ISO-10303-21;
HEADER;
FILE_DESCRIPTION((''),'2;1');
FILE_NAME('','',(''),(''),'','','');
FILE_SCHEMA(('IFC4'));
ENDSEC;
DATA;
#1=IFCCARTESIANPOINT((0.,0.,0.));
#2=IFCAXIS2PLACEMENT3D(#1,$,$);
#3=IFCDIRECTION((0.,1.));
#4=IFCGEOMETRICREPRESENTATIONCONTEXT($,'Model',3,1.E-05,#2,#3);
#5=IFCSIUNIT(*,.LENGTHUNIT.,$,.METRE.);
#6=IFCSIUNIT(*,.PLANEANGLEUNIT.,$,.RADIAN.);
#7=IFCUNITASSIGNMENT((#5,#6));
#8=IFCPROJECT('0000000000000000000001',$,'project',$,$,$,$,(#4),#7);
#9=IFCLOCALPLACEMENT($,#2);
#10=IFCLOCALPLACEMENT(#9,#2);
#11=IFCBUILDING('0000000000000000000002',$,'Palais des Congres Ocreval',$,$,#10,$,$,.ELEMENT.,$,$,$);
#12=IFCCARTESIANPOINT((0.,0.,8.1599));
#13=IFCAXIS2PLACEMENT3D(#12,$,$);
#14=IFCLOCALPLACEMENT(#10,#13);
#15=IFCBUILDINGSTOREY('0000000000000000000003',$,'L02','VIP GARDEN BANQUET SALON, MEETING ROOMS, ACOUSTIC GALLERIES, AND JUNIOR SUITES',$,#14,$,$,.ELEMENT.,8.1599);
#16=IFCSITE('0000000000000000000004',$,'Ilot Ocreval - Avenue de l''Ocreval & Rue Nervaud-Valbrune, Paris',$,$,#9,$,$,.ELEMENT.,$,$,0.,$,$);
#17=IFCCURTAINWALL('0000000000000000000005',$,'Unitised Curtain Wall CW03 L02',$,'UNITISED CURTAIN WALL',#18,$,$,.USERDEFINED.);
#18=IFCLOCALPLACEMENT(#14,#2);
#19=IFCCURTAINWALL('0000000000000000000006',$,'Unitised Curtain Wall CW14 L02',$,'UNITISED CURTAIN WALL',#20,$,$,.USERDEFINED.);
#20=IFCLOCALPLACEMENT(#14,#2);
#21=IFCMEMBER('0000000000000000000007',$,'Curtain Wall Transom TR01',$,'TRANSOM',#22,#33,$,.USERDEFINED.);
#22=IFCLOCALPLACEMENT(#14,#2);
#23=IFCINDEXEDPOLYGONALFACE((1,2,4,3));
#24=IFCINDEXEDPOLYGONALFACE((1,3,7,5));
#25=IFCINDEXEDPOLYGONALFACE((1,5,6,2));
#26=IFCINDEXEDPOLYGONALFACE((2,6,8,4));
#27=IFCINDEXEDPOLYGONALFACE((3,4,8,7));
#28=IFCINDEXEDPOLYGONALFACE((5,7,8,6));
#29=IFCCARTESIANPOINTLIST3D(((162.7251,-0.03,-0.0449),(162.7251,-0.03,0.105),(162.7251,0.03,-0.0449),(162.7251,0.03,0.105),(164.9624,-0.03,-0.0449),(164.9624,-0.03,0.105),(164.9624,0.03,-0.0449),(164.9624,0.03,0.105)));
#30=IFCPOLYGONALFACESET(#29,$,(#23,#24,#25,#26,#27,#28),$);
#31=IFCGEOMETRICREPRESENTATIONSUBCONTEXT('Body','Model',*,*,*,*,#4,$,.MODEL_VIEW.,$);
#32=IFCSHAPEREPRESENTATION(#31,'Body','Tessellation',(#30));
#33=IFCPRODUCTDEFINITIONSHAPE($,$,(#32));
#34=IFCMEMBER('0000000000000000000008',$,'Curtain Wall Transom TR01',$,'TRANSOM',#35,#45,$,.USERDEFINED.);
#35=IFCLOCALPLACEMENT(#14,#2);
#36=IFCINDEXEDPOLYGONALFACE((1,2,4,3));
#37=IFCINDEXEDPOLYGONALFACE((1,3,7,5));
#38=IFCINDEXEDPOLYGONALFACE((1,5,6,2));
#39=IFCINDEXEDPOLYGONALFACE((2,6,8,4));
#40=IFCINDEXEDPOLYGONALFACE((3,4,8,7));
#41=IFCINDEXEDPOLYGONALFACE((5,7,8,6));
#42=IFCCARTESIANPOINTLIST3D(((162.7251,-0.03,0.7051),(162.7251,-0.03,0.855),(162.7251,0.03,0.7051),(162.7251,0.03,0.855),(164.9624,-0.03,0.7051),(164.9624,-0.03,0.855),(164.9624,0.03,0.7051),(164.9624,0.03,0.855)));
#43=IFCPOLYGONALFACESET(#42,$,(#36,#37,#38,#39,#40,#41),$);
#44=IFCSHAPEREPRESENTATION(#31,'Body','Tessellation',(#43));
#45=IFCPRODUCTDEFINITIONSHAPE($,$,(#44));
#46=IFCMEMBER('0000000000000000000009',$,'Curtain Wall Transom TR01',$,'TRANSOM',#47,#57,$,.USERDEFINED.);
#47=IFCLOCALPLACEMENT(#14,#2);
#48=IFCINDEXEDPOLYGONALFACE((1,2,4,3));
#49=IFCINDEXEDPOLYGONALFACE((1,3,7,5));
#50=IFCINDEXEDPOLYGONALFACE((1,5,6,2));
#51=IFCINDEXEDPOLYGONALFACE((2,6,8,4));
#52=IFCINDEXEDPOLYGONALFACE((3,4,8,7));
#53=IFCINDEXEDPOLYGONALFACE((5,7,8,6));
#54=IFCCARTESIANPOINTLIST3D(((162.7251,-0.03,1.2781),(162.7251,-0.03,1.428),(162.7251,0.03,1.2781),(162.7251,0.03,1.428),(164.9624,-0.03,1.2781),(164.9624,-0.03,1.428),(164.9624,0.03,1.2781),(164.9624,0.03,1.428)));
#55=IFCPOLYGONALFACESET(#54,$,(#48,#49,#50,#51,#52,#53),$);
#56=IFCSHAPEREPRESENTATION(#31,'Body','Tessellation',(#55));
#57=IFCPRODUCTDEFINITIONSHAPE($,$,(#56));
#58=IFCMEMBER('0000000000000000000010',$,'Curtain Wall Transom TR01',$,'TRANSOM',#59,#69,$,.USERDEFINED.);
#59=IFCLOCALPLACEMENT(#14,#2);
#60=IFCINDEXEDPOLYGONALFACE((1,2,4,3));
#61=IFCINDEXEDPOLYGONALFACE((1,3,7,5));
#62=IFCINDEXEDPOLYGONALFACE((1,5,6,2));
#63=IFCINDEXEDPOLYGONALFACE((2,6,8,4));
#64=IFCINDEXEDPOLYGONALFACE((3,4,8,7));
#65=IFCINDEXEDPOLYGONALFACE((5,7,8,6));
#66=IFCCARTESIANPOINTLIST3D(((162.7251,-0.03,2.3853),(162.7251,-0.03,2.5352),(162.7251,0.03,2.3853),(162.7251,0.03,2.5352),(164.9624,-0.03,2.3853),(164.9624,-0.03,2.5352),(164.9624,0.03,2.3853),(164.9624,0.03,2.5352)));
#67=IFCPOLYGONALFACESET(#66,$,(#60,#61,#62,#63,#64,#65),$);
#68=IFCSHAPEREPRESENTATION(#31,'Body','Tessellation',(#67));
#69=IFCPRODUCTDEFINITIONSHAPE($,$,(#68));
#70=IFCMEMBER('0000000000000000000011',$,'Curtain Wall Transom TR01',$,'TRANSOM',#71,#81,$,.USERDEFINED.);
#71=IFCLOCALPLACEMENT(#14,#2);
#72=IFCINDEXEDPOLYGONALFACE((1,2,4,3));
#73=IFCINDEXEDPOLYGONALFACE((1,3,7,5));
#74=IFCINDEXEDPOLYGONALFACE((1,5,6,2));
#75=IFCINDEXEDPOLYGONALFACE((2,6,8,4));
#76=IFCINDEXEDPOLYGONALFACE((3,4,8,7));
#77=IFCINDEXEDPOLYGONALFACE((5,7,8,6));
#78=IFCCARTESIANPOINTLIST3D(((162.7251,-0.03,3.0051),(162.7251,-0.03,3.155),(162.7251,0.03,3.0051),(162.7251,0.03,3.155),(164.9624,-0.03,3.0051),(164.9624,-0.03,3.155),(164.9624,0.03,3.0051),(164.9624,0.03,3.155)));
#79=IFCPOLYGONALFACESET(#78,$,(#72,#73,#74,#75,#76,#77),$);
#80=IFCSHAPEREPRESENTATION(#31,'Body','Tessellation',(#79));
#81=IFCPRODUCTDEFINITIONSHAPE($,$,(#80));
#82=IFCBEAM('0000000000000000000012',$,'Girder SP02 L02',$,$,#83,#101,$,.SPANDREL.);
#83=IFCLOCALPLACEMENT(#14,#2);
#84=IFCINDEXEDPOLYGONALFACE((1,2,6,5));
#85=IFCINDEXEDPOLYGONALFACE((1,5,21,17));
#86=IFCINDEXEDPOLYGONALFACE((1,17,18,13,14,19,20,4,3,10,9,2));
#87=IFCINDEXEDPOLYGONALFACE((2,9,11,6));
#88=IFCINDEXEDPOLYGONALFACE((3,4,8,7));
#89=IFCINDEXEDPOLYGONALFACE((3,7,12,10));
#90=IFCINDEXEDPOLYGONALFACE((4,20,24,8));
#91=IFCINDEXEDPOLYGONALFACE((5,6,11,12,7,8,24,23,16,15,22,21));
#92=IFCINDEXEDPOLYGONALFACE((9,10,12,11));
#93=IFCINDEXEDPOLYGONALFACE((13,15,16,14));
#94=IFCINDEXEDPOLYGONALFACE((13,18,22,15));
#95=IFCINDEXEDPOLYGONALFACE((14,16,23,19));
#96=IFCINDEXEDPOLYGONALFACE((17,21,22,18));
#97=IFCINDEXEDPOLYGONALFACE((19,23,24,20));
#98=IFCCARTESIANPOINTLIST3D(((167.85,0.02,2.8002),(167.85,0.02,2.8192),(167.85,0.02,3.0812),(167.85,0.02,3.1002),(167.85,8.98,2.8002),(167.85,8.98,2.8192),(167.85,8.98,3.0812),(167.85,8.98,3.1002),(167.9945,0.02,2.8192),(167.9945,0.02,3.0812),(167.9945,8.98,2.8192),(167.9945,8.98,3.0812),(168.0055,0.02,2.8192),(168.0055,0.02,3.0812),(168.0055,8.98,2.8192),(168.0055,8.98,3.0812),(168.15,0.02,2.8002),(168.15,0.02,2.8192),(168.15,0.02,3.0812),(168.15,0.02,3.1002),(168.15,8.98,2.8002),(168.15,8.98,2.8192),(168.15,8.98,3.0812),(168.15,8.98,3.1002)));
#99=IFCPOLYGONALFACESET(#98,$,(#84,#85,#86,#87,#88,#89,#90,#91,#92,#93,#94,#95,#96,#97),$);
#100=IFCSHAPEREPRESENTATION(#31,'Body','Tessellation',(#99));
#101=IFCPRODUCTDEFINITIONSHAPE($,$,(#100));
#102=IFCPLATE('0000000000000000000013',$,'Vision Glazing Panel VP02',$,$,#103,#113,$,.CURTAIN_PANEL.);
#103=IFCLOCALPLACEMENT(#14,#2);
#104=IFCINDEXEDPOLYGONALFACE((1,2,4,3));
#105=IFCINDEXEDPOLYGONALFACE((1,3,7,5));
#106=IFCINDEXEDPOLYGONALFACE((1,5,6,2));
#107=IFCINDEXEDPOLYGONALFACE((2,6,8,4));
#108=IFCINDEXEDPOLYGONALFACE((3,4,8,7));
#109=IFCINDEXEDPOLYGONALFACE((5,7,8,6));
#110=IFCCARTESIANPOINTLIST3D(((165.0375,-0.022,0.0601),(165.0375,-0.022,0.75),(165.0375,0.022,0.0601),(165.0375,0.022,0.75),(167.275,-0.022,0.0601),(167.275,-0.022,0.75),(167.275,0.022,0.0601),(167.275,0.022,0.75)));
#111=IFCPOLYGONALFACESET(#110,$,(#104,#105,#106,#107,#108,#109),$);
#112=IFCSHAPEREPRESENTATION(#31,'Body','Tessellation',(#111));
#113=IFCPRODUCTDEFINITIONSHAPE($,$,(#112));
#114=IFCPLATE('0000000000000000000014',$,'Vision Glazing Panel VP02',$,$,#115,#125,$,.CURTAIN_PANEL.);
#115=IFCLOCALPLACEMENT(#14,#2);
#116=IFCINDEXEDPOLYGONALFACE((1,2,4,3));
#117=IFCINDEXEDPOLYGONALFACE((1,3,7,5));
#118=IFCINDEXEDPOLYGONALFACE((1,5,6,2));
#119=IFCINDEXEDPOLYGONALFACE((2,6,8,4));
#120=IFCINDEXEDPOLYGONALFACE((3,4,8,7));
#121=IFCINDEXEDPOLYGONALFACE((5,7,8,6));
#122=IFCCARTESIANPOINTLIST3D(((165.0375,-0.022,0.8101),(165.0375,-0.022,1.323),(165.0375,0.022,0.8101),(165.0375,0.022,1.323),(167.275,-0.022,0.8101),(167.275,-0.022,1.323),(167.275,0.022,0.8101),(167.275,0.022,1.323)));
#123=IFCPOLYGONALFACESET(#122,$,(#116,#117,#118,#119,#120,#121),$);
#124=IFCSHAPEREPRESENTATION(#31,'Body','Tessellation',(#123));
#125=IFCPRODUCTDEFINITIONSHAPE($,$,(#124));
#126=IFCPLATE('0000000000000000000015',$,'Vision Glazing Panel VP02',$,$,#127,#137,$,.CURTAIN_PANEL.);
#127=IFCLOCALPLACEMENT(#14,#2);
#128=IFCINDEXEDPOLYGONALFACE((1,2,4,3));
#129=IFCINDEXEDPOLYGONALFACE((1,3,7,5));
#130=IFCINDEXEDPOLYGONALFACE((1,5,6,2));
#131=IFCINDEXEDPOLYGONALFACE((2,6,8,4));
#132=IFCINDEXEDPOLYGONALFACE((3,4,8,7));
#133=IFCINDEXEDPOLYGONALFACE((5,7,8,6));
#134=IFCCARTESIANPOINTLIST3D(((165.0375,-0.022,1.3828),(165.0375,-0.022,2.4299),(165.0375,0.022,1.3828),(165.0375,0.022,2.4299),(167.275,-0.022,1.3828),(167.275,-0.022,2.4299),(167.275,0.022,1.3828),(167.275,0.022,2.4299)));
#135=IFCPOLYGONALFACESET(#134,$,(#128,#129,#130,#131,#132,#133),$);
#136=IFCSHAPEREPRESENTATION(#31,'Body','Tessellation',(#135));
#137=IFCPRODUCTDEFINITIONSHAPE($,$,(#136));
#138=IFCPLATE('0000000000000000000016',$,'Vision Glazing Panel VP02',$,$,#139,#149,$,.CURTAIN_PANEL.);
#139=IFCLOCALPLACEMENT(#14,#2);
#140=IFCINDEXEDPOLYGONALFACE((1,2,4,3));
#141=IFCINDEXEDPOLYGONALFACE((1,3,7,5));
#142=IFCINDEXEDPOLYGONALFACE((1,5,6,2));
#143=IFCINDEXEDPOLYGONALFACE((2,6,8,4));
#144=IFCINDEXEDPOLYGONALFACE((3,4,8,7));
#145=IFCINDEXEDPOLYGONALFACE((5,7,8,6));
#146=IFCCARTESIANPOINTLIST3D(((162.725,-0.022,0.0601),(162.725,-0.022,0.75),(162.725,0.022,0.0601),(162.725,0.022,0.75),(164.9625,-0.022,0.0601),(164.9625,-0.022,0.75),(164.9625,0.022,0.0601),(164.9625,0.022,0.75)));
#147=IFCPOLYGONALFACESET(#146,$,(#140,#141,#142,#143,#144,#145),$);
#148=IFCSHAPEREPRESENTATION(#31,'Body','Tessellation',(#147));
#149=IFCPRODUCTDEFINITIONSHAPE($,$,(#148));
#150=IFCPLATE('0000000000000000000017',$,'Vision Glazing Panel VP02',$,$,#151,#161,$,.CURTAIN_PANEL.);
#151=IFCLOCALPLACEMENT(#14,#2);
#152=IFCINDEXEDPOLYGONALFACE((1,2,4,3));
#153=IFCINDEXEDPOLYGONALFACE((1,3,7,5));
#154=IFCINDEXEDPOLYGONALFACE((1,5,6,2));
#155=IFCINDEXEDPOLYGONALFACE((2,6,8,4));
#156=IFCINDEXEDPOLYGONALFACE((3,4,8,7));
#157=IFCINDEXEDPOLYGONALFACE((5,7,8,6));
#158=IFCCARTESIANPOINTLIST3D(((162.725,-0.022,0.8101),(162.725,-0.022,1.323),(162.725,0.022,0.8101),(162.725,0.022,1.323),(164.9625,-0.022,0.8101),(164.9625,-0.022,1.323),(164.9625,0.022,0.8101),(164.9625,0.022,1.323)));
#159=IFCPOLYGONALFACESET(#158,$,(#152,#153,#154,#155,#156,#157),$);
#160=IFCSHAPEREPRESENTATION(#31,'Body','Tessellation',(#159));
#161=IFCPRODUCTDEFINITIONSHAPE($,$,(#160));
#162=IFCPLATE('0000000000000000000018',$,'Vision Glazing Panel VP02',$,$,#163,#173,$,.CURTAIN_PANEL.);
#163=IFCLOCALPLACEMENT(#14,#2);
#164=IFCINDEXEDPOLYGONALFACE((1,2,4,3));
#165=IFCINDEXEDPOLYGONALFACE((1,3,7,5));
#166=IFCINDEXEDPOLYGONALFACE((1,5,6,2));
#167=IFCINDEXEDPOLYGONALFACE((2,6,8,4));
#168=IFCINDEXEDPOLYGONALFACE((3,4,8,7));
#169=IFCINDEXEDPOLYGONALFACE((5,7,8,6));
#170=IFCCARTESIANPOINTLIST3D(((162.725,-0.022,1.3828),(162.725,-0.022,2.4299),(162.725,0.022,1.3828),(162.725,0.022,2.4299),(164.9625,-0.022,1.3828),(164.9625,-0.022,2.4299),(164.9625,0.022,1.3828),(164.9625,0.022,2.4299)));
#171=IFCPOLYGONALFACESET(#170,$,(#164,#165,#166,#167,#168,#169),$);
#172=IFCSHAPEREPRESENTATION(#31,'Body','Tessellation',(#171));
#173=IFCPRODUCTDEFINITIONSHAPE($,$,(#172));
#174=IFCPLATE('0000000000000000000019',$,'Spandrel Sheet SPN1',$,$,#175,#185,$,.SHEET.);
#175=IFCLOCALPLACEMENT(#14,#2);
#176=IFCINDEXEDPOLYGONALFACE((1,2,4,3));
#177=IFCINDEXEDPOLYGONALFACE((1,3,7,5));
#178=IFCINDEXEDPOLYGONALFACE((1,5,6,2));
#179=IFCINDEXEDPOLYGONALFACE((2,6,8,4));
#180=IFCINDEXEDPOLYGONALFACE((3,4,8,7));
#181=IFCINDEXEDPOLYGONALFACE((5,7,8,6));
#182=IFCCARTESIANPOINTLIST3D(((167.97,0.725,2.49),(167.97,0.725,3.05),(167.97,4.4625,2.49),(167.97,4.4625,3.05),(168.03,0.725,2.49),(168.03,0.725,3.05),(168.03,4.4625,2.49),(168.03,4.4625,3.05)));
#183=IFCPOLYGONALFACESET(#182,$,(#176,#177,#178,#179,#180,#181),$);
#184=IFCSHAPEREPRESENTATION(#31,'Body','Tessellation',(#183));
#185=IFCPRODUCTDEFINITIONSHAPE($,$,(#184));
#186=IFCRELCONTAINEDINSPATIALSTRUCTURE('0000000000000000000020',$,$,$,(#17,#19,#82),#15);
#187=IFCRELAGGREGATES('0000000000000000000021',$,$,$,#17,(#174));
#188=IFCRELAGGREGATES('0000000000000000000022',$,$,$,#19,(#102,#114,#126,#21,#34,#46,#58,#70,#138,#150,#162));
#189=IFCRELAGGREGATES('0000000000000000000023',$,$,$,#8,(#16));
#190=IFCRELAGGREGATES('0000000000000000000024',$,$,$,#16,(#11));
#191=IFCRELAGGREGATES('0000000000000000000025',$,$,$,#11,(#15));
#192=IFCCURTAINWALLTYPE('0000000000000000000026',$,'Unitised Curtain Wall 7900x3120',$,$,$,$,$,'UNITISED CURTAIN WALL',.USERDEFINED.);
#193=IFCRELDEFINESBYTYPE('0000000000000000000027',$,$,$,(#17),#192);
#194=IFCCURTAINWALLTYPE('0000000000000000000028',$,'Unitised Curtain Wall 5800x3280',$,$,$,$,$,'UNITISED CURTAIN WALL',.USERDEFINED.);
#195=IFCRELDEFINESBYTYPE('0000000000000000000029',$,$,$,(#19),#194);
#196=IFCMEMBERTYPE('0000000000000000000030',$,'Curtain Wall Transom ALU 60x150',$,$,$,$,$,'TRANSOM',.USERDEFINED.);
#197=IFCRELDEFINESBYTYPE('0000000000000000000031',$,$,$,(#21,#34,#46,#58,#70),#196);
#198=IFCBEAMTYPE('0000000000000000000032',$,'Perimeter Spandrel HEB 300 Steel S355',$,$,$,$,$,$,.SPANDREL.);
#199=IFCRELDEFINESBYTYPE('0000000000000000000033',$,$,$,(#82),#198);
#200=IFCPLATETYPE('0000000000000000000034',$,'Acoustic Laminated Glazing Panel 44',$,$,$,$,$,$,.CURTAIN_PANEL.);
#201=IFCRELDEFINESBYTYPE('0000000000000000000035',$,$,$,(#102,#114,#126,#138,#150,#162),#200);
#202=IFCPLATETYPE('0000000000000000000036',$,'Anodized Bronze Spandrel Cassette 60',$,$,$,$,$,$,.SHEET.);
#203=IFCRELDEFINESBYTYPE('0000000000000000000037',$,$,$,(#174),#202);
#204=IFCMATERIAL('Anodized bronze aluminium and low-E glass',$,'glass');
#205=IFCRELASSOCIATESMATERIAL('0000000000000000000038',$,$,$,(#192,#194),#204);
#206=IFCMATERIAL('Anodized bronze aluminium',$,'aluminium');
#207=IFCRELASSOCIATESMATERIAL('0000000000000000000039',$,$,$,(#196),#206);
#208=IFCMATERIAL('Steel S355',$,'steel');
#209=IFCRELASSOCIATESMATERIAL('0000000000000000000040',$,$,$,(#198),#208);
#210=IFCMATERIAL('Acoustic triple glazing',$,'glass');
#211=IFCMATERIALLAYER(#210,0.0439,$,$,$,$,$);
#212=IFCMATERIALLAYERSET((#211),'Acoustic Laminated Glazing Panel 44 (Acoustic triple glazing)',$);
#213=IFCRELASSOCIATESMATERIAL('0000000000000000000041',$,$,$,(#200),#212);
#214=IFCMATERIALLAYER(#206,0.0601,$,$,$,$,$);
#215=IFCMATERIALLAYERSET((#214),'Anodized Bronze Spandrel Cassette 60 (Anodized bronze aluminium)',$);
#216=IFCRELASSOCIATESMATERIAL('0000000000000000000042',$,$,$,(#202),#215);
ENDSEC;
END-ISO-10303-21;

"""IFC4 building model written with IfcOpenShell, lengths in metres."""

from ifc_helpers import new_model, si_unit, direction, frame, origin, origin_2d, place, context, subcontext, project, spatial, rectangle, i_section, extrude, material, layer, layer_set, material_profile, profile_set, type_object, element, aggregate, save


model = new_model("IFC4")

# Units and contexts
model_context = context("Model", 3, precision=1e-05, world=origin(), true_north=direction((0.0, 1.0)))
body_context = subcontext(model_context, "Body", "Model", "MODEL_VIEW")
ifc_project = project(units=[si_unit("LENGTHUNIT", "METRE"), si_unit("PLANEANGLEUNIT", "RADIAN")], contexts=[model_context])

# Site, building, storey
site_placement = place(None, origin())
site = spatial("IfcSite", under=ifc_project, at=site_placement, Name="Ilot Ocreval - Avenue de l'Ocreval & Rue Nervaud-Valbrune, Paris", CompositionType="ELEMENT", RefElevation=0.0)
building_placement = place(site_placement, origin())
building = spatial("IfcBuilding", under=site, at=building_placement, Name="Palais des Congres Ocreval", CompositionType="ELEMENT")
storey_placement = place(building_placement, frame((0.0, 0.0, 8.1599)))
storey = spatial("IfcBuildingStorey", under=building, at=storey_placement, Name="L02", Description="VIP GARDEN BANQUET SALON, MEETING ROOMS, ACOUSTIC GALLERIES, AND JUNIOR SUITES", CompositionType="ELEMENT", Elevation=8.1599)

# Shared definitions
ifc_material_1 = material(Name="Steel S355", Category="steel")

# Curtain wall
ifc_material_2 = material(Name="Anodized bronze aluminium and low-E glass", Category="glass")
curtain_wall_type_1 = type_object("IfcCurtainWallType", Name="Unitised Curtain Wall 7900x3120", ElementType="UNITISED CURTAIN WALL", PredefinedType="USERDEFINED", material=ifc_material_2)
curtain_wall_1_placement = place(storey_placement, origin())
curtain_wall_1 = element("IfcCurtainWall", 1, at=curtain_wall_1_placement, inside=storey, type_object=curtain_wall_type_1, Name="Unitised Curtain Wall CW03 L02", ObjectType="UNITISED CURTAIN WALL", PredefinedType="USERDEFINED")
ifc_material_3 = material(Name="Anodized bronze aluminium", Category="aluminium")

# Curtain wall
curtain_wall_type_2 = type_object("IfcCurtainWallType", Name="Unitised Curtain Wall 5800x3280", ElementType="UNITISED CURTAIN WALL", PredefinedType="USERDEFINED", material=ifc_material_2)
curtain_wall_2_placement = place(storey_placement, origin())
curtain_wall_2 = element("IfcCurtainWall", 2, at=curtain_wall_2_placement, inside=storey, type_object=curtain_wall_type_2, Name="Unitised Curtain Wall CW14 L02", ObjectType="UNITISED CURTAIN WALL", PredefinedType="USERDEFINED")

# Members
ifc_material_profile_1 = material_profile(ifc_material_3, rectangle(XDim=0.0601, YDim=0.1499, at=origin_2d()), Name="ALU 60x150")
ifc_profile_set_1 = profile_set([ifc_material_profile_1], Name="Anodized bronze aluminium")
member_type_1 = type_object("IfcMemberType", Name="Curtain Wall Transom ALU 60x150", ElementType="TRANSOM", PredefinedType="USERDEFINED", material=ifc_profile_set_1)
member_1_placement = place(storey_placement, frame((164.9624, 0.0, 0.03), z_axis=(-1.0, 0.0, 0.0), x_axis=(0.0, -1.0, 0.0)))
member_1 = element("IfcMember", 3, at=member_1_placement, type_object=member_type_1, Name="Curtain Wall Transom TR01", ObjectType="TRANSOM", PredefinedType="USERDEFINED", context=body_context, shape_type="SweptSolid", body=[
    extrude(rectangle(XDim=0.0601, YDim=0.1499, at=origin_2d()), origin(), (0.0, 0.0, 1.0), 2.2373),
])
member_2_placement = place(storey_placement, frame((164.9624, 0.0, 0.78), z_axis=(-1.0, 0.0, 0.0), x_axis=(0.0, -1.0, 0.0)))
member_2 = element("IfcMember", 4, at=member_2_placement, type_object=member_type_1, Name="Curtain Wall Transom TR01", ObjectType="TRANSOM", PredefinedType="USERDEFINED", context=body_context, shape_type="SweptSolid", body=[
    extrude(rectangle(XDim=0.0601, YDim=0.1499, at=origin_2d()), origin(), (0.0, 0.0, 1.0), 2.2373),
])
member_3_placement = place(storey_placement, frame((164.9624, 0.0, 1.353), z_axis=(-1.0, 0.0, 0.0), x_axis=(0.0, -1.0, 0.0)))
member_3 = element("IfcMember", 5, at=member_3_placement, type_object=member_type_1, Name="Curtain Wall Transom TR01", ObjectType="TRANSOM", PredefinedType="USERDEFINED", context=body_context, shape_type="SweptSolid", body=[
    extrude(rectangle(XDim=0.0601, YDim=0.1499, at=origin_2d()), origin(), (0.0, 0.0, 1.0), 2.2373),
])
member_4_placement = place(storey_placement, frame((164.9624, 0.0, 2.4602), z_axis=(-1.0, 0.0, 0.0), x_axis=(0.0, -1.0, 0.0)))
member_4 = element("IfcMember", 6, at=member_4_placement, type_object=member_type_1, Name="Curtain Wall Transom TR01", ObjectType="TRANSOM", PredefinedType="USERDEFINED", context=body_context, shape_type="SweptSolid", body=[
    extrude(rectangle(XDim=0.0601, YDim=0.1499, at=origin_2d()), origin(), (0.0, 0.0, 1.0), 2.2373),
])
member_5_placement = place(storey_placement, frame((164.9624, 0.0, 3.0801), z_axis=(-1.0, 0.0, 0.0), x_axis=(0.0, -1.0, 0.0)))
member_5 = element("IfcMember", 7, at=member_5_placement, type_object=member_type_1, Name="Curtain Wall Transom TR01", ObjectType="TRANSOM", PredefinedType="USERDEFINED", context=body_context, shape_type="SweptSolid", body=[
    extrude(rectangle(XDim=0.0601, YDim=0.1499, at=origin_2d()), origin(), (0.0, 0.0, 1.0), 2.2373),
])

# Beam
ifc_material_profile_2 = material_profile(ifc_material_1, i_section(OverallWidth=0.3, OverallDepth=0.3, WebThickness=0.011, FlangeThickness=0.019, at=origin_2d()), Name="HEB 300")
ifc_profile_set_2 = profile_set([ifc_material_profile_2], Name="Steel S355")
beam_type = type_object("IfcBeamType", Name="Perimeter Spandrel HEB 300 Steel S355", PredefinedType="SPANDREL", material=ifc_profile_set_2)
beam_placement = place(storey_placement, frame((168.0, 0.02, 2.9502), z_axis=(0.0, 1.0, 0.0), x_axis=(-1.0, 0.0, 0.0)))
element("IfcBeam", 8, at=beam_placement, inside=storey, type_object=beam_type, Name="Girder SP02 L02", PredefinedType="SPANDREL", context=body_context, shape_type="SweptSolid", body=[
    extrude(i_section(OverallWidth=0.3, OverallDepth=0.3, WebThickness=0.011, FlangeThickness=0.019, at=origin_2d()), origin(), (0.0, 0.0, 1.0), 8.96),
])

# Plates
ifc_material_4 = material(Name="Acoustic triple glazing", Category="glass")
ifc_layer_1 = layer(ifc_material_4, 0.0439)
ifc_layer_set_1 = layer_set([ifc_layer_1], Name="Acoustic Laminated Glazing Panel 44 (Acoustic triple glazing)")
plate_type_1 = type_object("IfcPlateType", Name="Acoustic Laminated Glazing Panel 44", PredefinedType="CURTAIN_PANEL", material=ifc_layer_set_1)
plate_1_placement = place(storey_placement, frame((166.1562, 0.0, 0.0601), z_axis=(0.0, 0.0, 1.0), x_axis=(-1.0, 0.0, 0.0)))
plate_1 = element("IfcPlate", 9, at=plate_1_placement, type_object=plate_type_1, Name="Vision Glazing Panel VP02", PredefinedType="CURTAIN_PANEL", context=body_context, shape_type="SweptSolid", body=[
    extrude(rectangle(XDim=2.2375, YDim=0.0439, at=origin_2d()), origin(), (0.0, 0.0, 1.0), 0.6899),
])
plate_2_placement = place(storey_placement, frame((166.1562, 0.0, 0.8101), z_axis=(0.0, 0.0, 1.0), x_axis=(-1.0, 0.0, 0.0)))
plate_2 = element("IfcPlate", 10, at=plate_2_placement, type_object=plate_type_1, Name="Vision Glazing Panel VP02", PredefinedType="CURTAIN_PANEL", context=body_context, shape_type="SweptSolid", body=[
    extrude(rectangle(XDim=2.2375, YDim=0.0439, at=origin_2d()), origin(), (0.0, 0.0, 1.0), 0.5129),
])
plate_3_placement = place(storey_placement, frame((166.1562, 0.0, 1.3828), z_axis=(0.0, 0.0, 1.0), x_axis=(-1.0, 0.0, 0.0)))
plate_3 = element("IfcPlate", 11, at=plate_3_placement, type_object=plate_type_1, Name="Vision Glazing Panel VP02", PredefinedType="CURTAIN_PANEL", context=body_context, shape_type="SweptSolid", body=[
    extrude(rectangle(XDim=2.2375, YDim=0.0439, at=origin_2d()), origin(), (0.0, 0.0, 1.0), 1.0471),
])
plate_4_placement = place(storey_placement, frame((163.8438, 0.0, 0.0601), z_axis=(0.0, 0.0, 1.0), x_axis=(-1.0, 0.0, 0.0)))
plate_4 = element("IfcPlate", 12, at=plate_4_placement, type_object=plate_type_1, Name="Vision Glazing Panel VP02", PredefinedType="CURTAIN_PANEL", context=body_context, shape_type="SweptSolid", body=[
    extrude(rectangle(XDim=2.2375, YDim=0.0439, at=origin_2d()), origin(), (0.0, 0.0, 1.0), 0.6899),
])
plate_5_placement = place(storey_placement, frame((163.8438, 0.0, 0.8101), z_axis=(0.0, 0.0, 1.0), x_axis=(-1.0, 0.0, 0.0)))
plate_5 = element("IfcPlate", 13, at=plate_5_placement, type_object=plate_type_1, Name="Vision Glazing Panel VP02", PredefinedType="CURTAIN_PANEL", context=body_context, shape_type="SweptSolid", body=[
    extrude(rectangle(XDim=2.2375, YDim=0.0439, at=origin_2d()), origin(), (0.0, 0.0, 1.0), 0.5129),
])
plate_6_placement = place(storey_placement, frame((163.8438, 0.0, 1.3828), z_axis=(0.0, 0.0, 1.0), x_axis=(-1.0, 0.0, 0.0)))
plate_6 = element("IfcPlate", 14, at=plate_6_placement, type_object=plate_type_1, Name="Vision Glazing Panel VP02", PredefinedType="CURTAIN_PANEL", context=body_context, shape_type="SweptSolid", body=[
    extrude(rectangle(XDim=2.2375, YDim=0.0439, at=origin_2d()), origin(), (0.0, 0.0, 1.0), 1.0471),
])
ifc_layer_2 = layer(ifc_material_3, 0.0601)
ifc_layer_set_2 = layer_set([ifc_layer_2], Name="Anodized Bronze Spandrel Cassette 60 (Anodized bronze aluminium)")
plate_type_2 = type_object("IfcPlateType", Name="Anodized Bronze Spandrel Cassette 60", PredefinedType="SHEET", material=ifc_layer_set_2)
plate_7_placement = place(storey_placement, frame((168.0, 2.5938, 2.49), z_axis=(0.0, 0.0, 1.0), x_axis=(0.0, -1.0, 0.0)))
plate_7 = element("IfcPlate", 15, at=plate_7_placement, type_object=plate_type_2, Name="Spandrel Sheet SPN1", PredefinedType="SHEET", context=body_context, shape_type="SweptSolid", body=[
    extrude(rectangle(XDim=3.7375, YDim=0.0601, at=origin_2d()), origin(), (0.0, 0.0, 1.0), 0.5601),
])
aggregate(curtain_wall_1, [plate_7])
aggregate(curtain_wall_2, [plate_1, plate_2, plate_3, member_1, member_2, member_3, member_4, member_5, plate_4, plate_5, plate_6])

save(model, "model.ifc")
